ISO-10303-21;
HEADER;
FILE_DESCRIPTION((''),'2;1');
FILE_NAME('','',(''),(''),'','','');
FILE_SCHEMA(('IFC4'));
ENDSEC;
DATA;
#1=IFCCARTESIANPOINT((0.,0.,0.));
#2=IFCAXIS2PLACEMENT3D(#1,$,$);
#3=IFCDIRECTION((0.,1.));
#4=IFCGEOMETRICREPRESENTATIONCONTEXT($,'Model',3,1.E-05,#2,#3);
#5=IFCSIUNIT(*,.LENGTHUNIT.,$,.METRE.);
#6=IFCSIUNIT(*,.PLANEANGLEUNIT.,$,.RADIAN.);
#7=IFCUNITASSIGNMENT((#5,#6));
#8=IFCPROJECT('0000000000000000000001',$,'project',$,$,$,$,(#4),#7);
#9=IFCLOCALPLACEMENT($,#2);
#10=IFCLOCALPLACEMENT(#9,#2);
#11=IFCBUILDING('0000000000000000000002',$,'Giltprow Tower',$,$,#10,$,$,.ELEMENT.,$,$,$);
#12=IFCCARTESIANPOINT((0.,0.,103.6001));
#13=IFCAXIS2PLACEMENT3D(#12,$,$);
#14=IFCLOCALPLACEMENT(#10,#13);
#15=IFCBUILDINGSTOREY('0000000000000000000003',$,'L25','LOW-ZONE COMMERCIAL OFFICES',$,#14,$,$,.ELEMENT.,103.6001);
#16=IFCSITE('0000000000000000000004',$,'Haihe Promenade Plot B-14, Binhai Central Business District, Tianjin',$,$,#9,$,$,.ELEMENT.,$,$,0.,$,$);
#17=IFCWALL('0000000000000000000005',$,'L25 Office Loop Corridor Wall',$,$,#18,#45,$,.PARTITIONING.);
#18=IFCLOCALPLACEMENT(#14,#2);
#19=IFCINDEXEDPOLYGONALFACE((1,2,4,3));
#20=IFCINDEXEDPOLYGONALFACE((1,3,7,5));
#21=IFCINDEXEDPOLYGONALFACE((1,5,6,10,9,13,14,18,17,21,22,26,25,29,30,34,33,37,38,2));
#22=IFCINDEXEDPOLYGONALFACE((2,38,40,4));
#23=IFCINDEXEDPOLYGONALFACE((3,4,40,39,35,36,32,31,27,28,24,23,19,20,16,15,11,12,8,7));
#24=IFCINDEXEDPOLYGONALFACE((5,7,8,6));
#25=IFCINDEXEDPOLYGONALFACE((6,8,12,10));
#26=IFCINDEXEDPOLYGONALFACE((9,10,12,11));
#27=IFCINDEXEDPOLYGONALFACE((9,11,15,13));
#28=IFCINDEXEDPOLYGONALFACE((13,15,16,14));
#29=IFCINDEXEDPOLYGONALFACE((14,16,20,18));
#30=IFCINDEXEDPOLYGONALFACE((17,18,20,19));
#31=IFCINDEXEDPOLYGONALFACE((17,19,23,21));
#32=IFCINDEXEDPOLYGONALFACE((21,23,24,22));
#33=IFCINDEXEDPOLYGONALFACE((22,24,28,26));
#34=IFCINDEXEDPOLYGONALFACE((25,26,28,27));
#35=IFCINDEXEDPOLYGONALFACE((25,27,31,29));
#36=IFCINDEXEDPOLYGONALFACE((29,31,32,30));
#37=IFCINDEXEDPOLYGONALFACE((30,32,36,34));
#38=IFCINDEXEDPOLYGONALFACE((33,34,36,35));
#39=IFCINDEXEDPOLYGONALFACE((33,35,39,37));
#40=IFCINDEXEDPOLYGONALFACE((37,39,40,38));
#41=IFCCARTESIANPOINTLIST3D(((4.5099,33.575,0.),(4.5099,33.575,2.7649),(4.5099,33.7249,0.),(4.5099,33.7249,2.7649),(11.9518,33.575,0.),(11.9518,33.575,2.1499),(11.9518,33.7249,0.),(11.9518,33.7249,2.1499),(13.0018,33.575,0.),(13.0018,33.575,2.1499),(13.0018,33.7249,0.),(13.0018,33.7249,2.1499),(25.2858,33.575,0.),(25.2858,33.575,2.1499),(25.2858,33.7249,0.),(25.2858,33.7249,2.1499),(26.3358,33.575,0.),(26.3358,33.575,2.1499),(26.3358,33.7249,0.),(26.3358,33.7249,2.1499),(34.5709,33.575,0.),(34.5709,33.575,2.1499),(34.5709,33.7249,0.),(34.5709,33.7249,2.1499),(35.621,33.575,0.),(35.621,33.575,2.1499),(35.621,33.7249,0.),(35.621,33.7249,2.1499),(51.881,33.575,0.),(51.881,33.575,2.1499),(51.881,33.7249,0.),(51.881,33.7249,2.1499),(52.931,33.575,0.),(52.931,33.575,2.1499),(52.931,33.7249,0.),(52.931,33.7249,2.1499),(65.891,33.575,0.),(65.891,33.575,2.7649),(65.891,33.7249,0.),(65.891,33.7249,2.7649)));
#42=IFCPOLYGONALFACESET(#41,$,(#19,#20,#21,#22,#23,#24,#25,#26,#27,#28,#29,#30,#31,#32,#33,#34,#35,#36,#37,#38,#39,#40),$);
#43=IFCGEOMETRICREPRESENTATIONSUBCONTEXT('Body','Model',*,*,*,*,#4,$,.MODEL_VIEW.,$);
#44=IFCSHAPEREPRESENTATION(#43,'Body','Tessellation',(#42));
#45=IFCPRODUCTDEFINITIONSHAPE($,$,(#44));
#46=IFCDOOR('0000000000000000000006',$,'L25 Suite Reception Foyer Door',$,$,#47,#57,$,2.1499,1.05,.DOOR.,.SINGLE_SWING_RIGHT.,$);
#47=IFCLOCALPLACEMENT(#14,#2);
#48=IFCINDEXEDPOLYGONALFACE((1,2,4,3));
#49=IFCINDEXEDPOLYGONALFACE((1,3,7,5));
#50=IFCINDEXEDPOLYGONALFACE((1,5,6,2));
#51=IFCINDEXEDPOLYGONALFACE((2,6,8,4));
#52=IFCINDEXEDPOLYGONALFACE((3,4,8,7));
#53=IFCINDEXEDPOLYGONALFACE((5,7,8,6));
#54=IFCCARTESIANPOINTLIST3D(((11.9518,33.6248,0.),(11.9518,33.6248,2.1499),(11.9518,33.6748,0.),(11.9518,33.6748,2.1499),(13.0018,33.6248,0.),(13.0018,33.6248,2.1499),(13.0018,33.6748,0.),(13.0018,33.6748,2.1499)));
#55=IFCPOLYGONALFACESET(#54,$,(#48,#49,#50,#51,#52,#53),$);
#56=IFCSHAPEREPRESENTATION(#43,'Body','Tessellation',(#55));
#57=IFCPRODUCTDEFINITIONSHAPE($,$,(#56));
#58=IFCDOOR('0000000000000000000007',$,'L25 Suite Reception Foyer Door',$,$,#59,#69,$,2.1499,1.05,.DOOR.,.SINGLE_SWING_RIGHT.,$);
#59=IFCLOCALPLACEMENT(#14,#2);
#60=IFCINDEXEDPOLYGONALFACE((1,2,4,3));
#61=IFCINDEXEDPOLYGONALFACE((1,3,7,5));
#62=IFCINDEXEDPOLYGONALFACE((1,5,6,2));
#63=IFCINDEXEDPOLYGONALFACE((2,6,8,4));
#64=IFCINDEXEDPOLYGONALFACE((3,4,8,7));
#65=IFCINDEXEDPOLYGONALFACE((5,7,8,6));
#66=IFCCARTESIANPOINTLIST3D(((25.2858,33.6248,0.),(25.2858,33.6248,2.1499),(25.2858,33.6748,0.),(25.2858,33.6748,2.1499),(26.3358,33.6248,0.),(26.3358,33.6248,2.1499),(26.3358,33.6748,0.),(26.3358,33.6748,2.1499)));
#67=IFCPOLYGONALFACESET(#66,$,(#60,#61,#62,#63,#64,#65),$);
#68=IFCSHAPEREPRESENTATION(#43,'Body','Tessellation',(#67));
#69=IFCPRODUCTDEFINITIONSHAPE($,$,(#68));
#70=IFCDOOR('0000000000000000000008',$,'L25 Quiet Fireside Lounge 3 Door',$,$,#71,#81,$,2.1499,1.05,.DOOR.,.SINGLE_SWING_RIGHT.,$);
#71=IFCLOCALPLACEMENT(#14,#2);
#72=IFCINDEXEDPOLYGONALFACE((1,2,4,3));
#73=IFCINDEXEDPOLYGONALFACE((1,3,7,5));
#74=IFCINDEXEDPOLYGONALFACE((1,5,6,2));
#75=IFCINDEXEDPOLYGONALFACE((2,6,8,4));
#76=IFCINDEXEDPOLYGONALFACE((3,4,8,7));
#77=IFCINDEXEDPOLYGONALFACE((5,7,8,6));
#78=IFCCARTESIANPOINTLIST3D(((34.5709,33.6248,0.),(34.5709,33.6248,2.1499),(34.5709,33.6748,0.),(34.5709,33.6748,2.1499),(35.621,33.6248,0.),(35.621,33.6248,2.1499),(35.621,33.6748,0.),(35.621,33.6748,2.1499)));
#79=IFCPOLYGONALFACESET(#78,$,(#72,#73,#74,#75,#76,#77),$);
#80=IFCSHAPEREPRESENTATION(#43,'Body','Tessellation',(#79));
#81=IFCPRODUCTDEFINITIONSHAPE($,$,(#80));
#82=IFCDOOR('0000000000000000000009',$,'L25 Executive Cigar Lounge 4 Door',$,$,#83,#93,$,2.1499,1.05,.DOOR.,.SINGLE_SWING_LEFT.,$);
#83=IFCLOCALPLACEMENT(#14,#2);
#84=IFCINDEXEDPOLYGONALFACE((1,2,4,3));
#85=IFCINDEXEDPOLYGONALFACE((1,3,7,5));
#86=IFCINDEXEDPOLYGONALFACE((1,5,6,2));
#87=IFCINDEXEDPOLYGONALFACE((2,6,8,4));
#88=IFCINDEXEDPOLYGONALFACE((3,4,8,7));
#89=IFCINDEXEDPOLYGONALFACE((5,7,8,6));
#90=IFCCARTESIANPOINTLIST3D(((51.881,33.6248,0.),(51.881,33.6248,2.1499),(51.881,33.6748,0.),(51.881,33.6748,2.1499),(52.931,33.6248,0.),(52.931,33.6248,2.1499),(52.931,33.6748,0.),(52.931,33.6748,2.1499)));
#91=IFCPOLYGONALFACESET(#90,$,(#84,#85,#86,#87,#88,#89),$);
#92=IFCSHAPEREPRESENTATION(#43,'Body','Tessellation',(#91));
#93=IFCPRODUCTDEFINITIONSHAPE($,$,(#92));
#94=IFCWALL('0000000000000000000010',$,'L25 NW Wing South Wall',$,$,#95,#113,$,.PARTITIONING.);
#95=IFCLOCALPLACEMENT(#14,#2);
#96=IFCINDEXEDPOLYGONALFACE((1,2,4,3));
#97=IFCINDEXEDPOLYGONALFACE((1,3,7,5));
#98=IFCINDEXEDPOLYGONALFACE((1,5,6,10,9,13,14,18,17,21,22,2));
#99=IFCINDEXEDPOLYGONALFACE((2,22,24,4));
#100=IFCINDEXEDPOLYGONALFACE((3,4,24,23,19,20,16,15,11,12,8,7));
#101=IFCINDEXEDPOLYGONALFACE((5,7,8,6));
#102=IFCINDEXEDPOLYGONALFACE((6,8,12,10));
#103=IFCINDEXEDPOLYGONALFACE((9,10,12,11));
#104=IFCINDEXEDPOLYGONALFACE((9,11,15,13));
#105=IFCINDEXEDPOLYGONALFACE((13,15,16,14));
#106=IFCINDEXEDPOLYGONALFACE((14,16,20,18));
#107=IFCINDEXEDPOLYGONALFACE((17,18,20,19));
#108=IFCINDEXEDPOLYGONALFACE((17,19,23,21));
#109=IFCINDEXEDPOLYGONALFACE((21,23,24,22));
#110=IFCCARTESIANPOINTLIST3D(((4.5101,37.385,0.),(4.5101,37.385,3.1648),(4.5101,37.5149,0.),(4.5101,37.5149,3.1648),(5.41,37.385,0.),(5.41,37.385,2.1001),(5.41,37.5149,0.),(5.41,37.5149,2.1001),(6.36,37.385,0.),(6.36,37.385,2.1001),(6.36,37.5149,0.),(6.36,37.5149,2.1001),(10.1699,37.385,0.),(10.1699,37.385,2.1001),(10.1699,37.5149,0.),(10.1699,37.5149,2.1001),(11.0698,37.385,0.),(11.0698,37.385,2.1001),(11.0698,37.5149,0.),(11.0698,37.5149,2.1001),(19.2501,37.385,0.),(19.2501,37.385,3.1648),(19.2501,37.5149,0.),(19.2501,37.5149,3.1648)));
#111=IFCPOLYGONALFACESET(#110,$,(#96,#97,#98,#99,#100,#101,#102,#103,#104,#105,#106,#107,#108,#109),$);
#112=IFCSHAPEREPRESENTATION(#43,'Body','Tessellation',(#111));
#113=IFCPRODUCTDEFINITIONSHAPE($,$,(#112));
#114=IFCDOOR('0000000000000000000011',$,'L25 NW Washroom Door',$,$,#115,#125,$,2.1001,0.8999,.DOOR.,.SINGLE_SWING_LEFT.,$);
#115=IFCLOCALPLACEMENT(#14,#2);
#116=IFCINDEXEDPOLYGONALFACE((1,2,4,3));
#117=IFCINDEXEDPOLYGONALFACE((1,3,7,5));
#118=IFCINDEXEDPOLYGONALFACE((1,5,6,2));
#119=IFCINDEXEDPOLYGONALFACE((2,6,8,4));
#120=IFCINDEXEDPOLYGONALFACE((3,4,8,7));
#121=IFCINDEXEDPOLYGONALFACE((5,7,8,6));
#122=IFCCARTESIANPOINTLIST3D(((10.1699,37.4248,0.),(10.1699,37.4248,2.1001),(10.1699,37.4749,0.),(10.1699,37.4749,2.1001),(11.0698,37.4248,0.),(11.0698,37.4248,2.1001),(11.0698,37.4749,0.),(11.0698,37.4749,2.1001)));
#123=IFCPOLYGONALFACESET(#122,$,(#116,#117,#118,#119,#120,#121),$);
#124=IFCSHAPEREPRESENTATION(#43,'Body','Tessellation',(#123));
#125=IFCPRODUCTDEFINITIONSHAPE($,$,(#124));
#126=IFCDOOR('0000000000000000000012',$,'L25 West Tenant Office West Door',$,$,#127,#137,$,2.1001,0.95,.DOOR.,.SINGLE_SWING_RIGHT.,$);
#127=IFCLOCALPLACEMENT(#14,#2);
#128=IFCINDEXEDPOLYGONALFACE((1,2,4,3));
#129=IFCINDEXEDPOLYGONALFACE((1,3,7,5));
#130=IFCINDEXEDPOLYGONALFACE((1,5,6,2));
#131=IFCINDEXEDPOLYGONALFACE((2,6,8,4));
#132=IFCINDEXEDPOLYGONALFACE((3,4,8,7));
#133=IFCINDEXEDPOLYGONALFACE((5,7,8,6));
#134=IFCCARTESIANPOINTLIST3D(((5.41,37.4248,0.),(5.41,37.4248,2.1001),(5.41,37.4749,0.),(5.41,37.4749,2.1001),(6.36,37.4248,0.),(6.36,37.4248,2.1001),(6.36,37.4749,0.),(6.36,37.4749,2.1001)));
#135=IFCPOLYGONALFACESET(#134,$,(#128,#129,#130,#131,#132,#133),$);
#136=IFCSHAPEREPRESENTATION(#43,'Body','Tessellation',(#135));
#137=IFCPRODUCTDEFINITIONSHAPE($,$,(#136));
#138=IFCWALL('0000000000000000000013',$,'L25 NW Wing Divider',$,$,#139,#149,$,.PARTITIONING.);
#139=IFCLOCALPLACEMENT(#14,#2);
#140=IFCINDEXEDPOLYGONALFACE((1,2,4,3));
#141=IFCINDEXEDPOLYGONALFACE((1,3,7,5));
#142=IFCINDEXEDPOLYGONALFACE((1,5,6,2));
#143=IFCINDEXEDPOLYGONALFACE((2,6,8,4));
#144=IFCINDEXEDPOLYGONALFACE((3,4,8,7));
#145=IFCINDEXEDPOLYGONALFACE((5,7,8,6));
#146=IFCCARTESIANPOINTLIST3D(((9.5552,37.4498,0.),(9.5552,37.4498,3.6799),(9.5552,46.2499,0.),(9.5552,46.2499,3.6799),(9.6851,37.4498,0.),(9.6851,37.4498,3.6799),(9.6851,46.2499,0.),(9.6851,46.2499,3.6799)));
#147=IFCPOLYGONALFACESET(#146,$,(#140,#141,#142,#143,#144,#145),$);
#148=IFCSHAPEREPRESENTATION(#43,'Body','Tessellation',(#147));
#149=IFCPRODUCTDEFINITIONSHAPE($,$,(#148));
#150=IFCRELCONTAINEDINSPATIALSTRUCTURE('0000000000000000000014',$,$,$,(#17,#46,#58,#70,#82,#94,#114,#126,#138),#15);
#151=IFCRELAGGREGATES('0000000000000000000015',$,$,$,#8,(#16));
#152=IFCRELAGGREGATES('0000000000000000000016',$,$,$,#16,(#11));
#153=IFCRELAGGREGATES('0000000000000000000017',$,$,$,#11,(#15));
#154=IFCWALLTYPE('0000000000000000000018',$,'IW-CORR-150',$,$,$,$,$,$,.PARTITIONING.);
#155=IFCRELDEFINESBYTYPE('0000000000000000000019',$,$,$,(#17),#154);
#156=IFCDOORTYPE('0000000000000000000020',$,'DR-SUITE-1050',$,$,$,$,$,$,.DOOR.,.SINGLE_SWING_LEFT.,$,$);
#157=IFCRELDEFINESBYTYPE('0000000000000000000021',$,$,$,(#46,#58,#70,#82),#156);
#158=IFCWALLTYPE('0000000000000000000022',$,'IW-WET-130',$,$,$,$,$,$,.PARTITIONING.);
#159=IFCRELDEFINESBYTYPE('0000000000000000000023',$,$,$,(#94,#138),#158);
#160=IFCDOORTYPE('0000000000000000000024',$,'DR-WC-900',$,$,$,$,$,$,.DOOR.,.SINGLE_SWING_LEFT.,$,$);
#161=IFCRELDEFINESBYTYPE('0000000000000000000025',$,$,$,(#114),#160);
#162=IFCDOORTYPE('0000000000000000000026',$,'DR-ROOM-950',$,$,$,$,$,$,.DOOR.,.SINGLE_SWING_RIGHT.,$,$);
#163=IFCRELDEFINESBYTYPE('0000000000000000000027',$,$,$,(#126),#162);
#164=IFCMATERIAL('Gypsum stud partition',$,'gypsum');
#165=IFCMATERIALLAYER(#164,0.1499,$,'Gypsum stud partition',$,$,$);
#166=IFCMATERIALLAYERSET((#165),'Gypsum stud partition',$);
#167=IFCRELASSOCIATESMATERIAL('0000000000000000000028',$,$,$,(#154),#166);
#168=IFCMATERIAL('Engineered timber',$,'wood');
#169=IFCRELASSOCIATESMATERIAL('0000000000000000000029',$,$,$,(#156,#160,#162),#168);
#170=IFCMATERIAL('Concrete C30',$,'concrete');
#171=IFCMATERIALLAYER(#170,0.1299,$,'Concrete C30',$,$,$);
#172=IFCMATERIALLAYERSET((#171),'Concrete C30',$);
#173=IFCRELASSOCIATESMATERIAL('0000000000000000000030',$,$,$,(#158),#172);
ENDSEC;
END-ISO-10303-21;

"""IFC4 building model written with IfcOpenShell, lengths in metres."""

from ifc_helpers import new_model, si_unit, direction, frame, frame_2d, origin, place, context, subcontext, project, spatial, rectangle, extrude, source, transform, mapped, material, layer, layer_set, type_object, element, fill, save


model = new_model("IFC4")

# Units and contexts
model_context = context("Model", 3, precision=1e-05, world=origin(), true_north=direction((0.0, 1.0)))
body_context = subcontext(model_context, "Body", "Model", "MODEL_VIEW")
ifc_project = project(units=[si_unit("LENGTHUNIT", "METRE"), si_unit("PLANEANGLEUNIT", "RADIAN")], contexts=[model_context])

# Site, building, storey
site_placement = place(None, origin())
site = spatial("IfcSite", under=ifc_project, at=site_placement, Name="Haihe Promenade Plot B-14, Binhai Central Business District, Tianjin", CompositionType="ELEMENT", RefElevation=0.0)
building_placement = place(site_placement, origin())
building = spatial("IfcBuilding", under=site, at=building_placement, Name="Giltprow Tower", CompositionType="ELEMENT")
storey_placement = place(building_placement, frame((0.0, 0.0, 103.6001)))
storey = spatial("IfcBuildingStorey", under=building, at=storey_placement, Name="L25", Description="LOW-ZONE COMMERCIAL OFFICES", CompositionType="ELEMENT", Elevation=103.6001)

# Walls, openings, doors
ifc_material_1 = material(Name="Gypsum stud partition", Category="gypsum")
ifc_layer_1 = layer(ifc_material_1, 0.1499, Name="Gypsum stud partition")
ifc_layer_set_1 = layer_set([ifc_layer_1], Name="Gypsum stud partition")
wall_type_1 = type_object("IfcWallType", Name="IW-CORR-150", PredefinedType="PARTITIONING", material=ifc_layer_set_1)
wall_1_placement = place(storey_placement, frame((4.51, 33.6499, 0.0), z_axis=(0.0, 0.0, 1.0), x_axis=(1.0, 0.0, 0.0)))
wall_1 = element("IfcWall", 1, at=wall_1_placement, inside=storey, type_object=wall_type_1, Name="L25 Office Loop Corridor Wall", PredefinedType="PARTITIONING", context=body_context, shape_type="SweptSolid", body=[
    extrude(rectangle(XDim=61.3811, YDim=0.1499, at=frame_2d((30.6904, 0.0))), origin(), (0.0, 0.0, 1.0), 2.7649),
])
opening_1_placement = place(wall_1_placement, frame((7.4419, 0.0, 0.0)))
opening_1 = element("IfcOpeningElement", 2, at=opening_1_placement, cuts=wall_1, PredefinedType="OPENING", context=body_context, shape_type="SweptSolid", body=[
    extrude(rectangle(XDim=1.05, YDim=2.1499, at=frame_2d((0.5249, 1.075))), frame((0.0, 0.085, 0.0), z_axis=(0.0, -1.0, 0.0), x_axis=(1.0, 0.0, 0.0)), (0.0, 0.0, 1.0), 0.1699),
])
opening_2_placement = place(wall_1_placement, frame((20.7759, 0.0, 0.0)))
opening_2 = element("IfcOpeningElement", 3, at=opening_2_placement, cuts=wall_1, PredefinedType="OPENING", context=body_context, shape_type="SweptSolid", body=[
    extrude(rectangle(XDim=1.05, YDim=2.1499, at=frame_2d((0.5249, 1.075))), frame((0.0, 0.085, 0.0), z_axis=(0.0, -1.0, 0.0), x_axis=(1.0, 0.0, 0.0)), (0.0, 0.0, 1.0), 0.1699),
])
opening_3_placement = place(wall_1_placement, frame((30.061, 0.0, 0.0)))
opening_3 = element("IfcOpeningElement", 4, at=opening_3_placement, cuts=wall_1, PredefinedType="OPENING", context=body_context, shape_type="SweptSolid", body=[
    extrude(rectangle(XDim=1.05, YDim=2.1499, at=frame_2d((0.5249, 1.075))), frame((0.0, 0.085, 0.0), z_axis=(0.0, -1.0, 0.0), x_axis=(1.0, 0.0, 0.0)), (0.0, 0.0, 1.0), 0.1699),
])
opening_4_placement = place(wall_1_placement, frame((47.3711, 0.0, 0.0)))
opening_4 = element("IfcOpeningElement", 5, at=opening_4_placement, cuts=wall_1, PredefinedType="OPENING", context=body_context, shape_type="SweptSolid", body=[
    extrude(rectangle(XDim=1.05, YDim=2.1499, at=frame_2d((0.5249, 1.075))), frame((0.0, 0.085, 0.0), z_axis=(0.0, -1.0, 0.0), x_axis=(1.0, 0.0, 0.0)), (0.0, 0.0, 1.0), 0.1699),
])
ifc_material_2 = material(Name="Engineered timber", Category="wood")
door_type_1 = type_object("IfcDoorType", Name="DR-SUITE-1050", OperationType="SINGLE_SWING_LEFT", PredefinedType="DOOR", material=ifc_material_2)
shared_shape_1 = source(origin(), body_context, "Body", "SweptSolid", [
    extrude(rectangle(XDim=1.05, YDim=2.1499, at=frame_2d((0.5249, 1.075))), frame((0.0, 0.0249, 0.0), z_axis=(0.0, -1.0, 0.0), x_axis=(1.0, 0.0, 0.0)), (0.0, 0.0, 1.0), 0.05),
])
door_1_placement = place(opening_1_placement, origin())
door_1 = element("IfcDoor", 6, at=door_1_placement, inside=storey, type_object=door_type_1, Name="L25 Suite Reception Foyer Door", OperationType="SINGLE_SWING_RIGHT", OverallHeight=2.1499, OverallWidth=1.05, PredefinedType="DOOR", context=body_context, shape_type="MappedRepresentation", body=[
    mapped(shared_shape_1, transform((0.0, 0.0, 0.0), x_axis=(1.0, 0.0, 0.0), y_axis=(0.0, 1.0, 0.0), z_axis=(0.0, 0.0, 1.0), scale=1.0)),
])
fill(opening_1, door_1)
door_2_placement = place(opening_2_placement, origin())
door_2 = element("IfcDoor", 7, at=door_2_placement, inside=storey, type_object=door_type_1, Name="L25 Suite Reception Foyer Door", OperationType="SINGLE_SWING_RIGHT", OverallHeight=2.1499, OverallWidth=1.05, PredefinedType="DOOR", context=body_context, shape_type="MappedRepresentation", body=[
    mapped(shared_shape_1, transform((0.0, 0.0, 0.0), x_axis=(1.0, 0.0, 0.0), y_axis=(0.0, 1.0, 0.0), z_axis=(0.0, 0.0, 1.0), scale=1.0)),
])
fill(opening_2, door_2)
door_3_placement = place(opening_3_placement, origin())
door_3 = element("IfcDoor", 8, at=door_3_placement, inside=storey, type_object=door_type_1, Name="L25 Quiet Fireside Lounge 3 Door", OperationType="SINGLE_SWING_RIGHT", OverallHeight=2.1499, OverallWidth=1.05, PredefinedType="DOOR", context=body_context, shape_type="MappedRepresentation", body=[
    mapped(shared_shape_1, transform((0.0, 0.0, 0.0), x_axis=(1.0, 0.0, 0.0), y_axis=(0.0, 1.0, 0.0), z_axis=(0.0, 0.0, 1.0), scale=1.0)),
])
fill(opening_3, door_3)
door_4_placement = place(opening_4_placement, origin())
door_4 = element("IfcDoor", 9, at=door_4_placement, inside=storey, type_object=door_type_1, Name="L25 Executive Cigar Lounge 4 Door", OperationType="SINGLE_SWING_LEFT", OverallHeight=2.1499, OverallWidth=1.05, PredefinedType="DOOR", context=body_context, shape_type="MappedRepresentation", body=[
    mapped(shared_shape_1, transform((0.0, 0.0, 0.0), x_axis=(1.0, 0.0, 0.0), y_axis=(0.0, 1.0, 0.0), z_axis=(0.0, 0.0, 1.0), scale=1.0)),
])
fill(opening_4, door_4)
ifc_material_3 = material(Name="Concrete C30", Category="concrete")
ifc_layer_2 = layer(ifc_material_3, 0.1299, Name="Concrete C30")
ifc_layer_set_2 = layer_set([ifc_layer_2], Name="Concrete C30")
wall_type_2 = type_object("IfcWallType", Name="IW-WET-130", PredefinedType="PARTITIONING", material=ifc_layer_set_2)
wall_2_placement = place(storey_placement, frame((4.51, 37.45, 0.0), z_axis=(0.0, 0.0, 1.0), x_axis=(1.0, 0.0, 0.0)))
wall_2 = element("IfcWall", 10, at=wall_2_placement, inside=storey, type_object=wall_type_2, Name="L25 NW Wing South Wall", PredefinedType="PARTITIONING", context=body_context, shape_type="SweptSolid", body=[
    extrude(rectangle(XDim=14.74, YDim=0.1299, at=frame_2d((7.3701, 0.0))), origin(), (0.0, 0.0, 1.0), 3.1648),
])
opening_5_placement = place(wall_2_placement, frame((0.8999, 0.0, 0.0)))
opening_5 = element("IfcOpeningElement", 11, at=opening_5_placement, cuts=wall_2, PredefinedType="OPENING", context=body_context, shape_type="SweptSolid", body=[
    extrude(rectangle(XDim=0.95, YDim=2.1001, at=frame_2d((0.4751, 1.05))), frame((0.0, 0.075, 0.0), z_axis=(0.0, -1.0, 0.0), x_axis=(1.0, 0.0, 0.0)), (0.0, 0.0, 1.0), 0.1499),
])
opening_6_placement = place(wall_2_placement, frame((5.6599, 0.0, 0.0)))
opening_6 = element("IfcOpeningElement", 12, at=opening_6_placement, cuts=wall_2, PredefinedType="OPENING", context=body_context, shape_type="SweptSolid", body=[
    extrude(rectangle(XDim=0.8999, YDim=2.1001, at=frame_2d((0.45, 1.05))), frame((0.0, 0.075, 0.0), z_axis=(0.0, -1.0, 0.0), x_axis=(1.0, 0.0, 0.0)), (0.0, 0.0, 1.0), 0.1499),
])
door_type_2 = type_object("IfcDoorType", Name="DR-WC-900", OperationType="SINGLE_SWING_LEFT", PredefinedType="DOOR", material=ifc_material_2)
shared_shape_2 = source(origin(), body_context, "Body", "SweptSolid", [
    extrude(rectangle(XDim=0.8999, YDim=2.1001, at=frame_2d((0.45, 1.05))), frame((0.0, 0.0249, 0.0), z_axis=(0.0, -1.0, 0.0), x_axis=(1.0, 0.0, 0.0)), (0.0, 0.0, 1.0), 0.05),
])
door_5_placement = place(opening_6_placement, origin())
door_5 = element("IfcDoor", 13, at=door_5_placement, inside=storey, type_object=door_type_2, Name="L25 NW Washroom Door", OperationType="SINGLE_SWING_LEFT", OverallHeight=2.1001, OverallWidth=0.8999, PredefinedType="DOOR", context=body_context, shape_type="MappedRepresentation", body=[
    mapped(shared_shape_2, transform((0.0, 0.0, 0.0), x_axis=(1.0, 0.0, 0.0), y_axis=(0.0, 1.0, 0.0), z_axis=(0.0, 0.0, 1.0), scale=1.0)),
])
fill(opening_6, door_5)
door_type_3 = type_object("IfcDoorType", Name="DR-ROOM-950", OperationType="SINGLE_SWING_RIGHT", PredefinedType="DOOR", material=ifc_material_2)
shared_shape_3 = source(origin(), body_context, "Body", "SweptSolid", [
    extrude(rectangle(XDim=0.95, YDim=2.1001, at=frame_2d((0.4751, 1.05))), frame((0.0, 0.0249, 0.0), z_axis=(0.0, -1.0, 0.0), x_axis=(1.0, 0.0, 0.0)), (0.0, 0.0, 1.0), 0.05),
])
door_6_placement = place(opening_5_placement, origin())
door_6 = element("IfcDoor", 14, at=door_6_placement, inside=storey, type_object=door_type_3, Name="L25 West Tenant Office West Door", OperationType="SINGLE_SWING_RIGHT", OverallHeight=2.1001, OverallWidth=0.95, PredefinedType="DOOR", context=body_context, shape_type="MappedRepresentation", body=[
    mapped(shared_shape_3, transform((0.0, 0.0, 0.0), x_axis=(1.0, 0.0, 0.0), y_axis=(0.0, 1.0, 0.0), z_axis=(0.0, 0.0, 1.0), scale=1.0)),
])
fill(opening_5, door_6)

# Wall
wall_3_placement = place(storey_placement, frame((9.6201, 37.45, 0.0), z_axis=(0.0, 0.0, 1.0), x_axis=(0.0, 1.0, 0.0)))
element("IfcWall", 15, at=wall_3_placement, inside=storey, type_object=wall_type_2, Name="L25 NW Wing Divider", PredefinedType="PARTITIONING", context=body_context, shape_type="SweptSolid", body=[
    extrude(rectangle(XDim=8.8, YDim=0.1299, at=frame_2d((4.3999, 0.0))), origin(), (0.0, 0.0, 1.0), 3.6799),
])

save(model, "model.ifc")
